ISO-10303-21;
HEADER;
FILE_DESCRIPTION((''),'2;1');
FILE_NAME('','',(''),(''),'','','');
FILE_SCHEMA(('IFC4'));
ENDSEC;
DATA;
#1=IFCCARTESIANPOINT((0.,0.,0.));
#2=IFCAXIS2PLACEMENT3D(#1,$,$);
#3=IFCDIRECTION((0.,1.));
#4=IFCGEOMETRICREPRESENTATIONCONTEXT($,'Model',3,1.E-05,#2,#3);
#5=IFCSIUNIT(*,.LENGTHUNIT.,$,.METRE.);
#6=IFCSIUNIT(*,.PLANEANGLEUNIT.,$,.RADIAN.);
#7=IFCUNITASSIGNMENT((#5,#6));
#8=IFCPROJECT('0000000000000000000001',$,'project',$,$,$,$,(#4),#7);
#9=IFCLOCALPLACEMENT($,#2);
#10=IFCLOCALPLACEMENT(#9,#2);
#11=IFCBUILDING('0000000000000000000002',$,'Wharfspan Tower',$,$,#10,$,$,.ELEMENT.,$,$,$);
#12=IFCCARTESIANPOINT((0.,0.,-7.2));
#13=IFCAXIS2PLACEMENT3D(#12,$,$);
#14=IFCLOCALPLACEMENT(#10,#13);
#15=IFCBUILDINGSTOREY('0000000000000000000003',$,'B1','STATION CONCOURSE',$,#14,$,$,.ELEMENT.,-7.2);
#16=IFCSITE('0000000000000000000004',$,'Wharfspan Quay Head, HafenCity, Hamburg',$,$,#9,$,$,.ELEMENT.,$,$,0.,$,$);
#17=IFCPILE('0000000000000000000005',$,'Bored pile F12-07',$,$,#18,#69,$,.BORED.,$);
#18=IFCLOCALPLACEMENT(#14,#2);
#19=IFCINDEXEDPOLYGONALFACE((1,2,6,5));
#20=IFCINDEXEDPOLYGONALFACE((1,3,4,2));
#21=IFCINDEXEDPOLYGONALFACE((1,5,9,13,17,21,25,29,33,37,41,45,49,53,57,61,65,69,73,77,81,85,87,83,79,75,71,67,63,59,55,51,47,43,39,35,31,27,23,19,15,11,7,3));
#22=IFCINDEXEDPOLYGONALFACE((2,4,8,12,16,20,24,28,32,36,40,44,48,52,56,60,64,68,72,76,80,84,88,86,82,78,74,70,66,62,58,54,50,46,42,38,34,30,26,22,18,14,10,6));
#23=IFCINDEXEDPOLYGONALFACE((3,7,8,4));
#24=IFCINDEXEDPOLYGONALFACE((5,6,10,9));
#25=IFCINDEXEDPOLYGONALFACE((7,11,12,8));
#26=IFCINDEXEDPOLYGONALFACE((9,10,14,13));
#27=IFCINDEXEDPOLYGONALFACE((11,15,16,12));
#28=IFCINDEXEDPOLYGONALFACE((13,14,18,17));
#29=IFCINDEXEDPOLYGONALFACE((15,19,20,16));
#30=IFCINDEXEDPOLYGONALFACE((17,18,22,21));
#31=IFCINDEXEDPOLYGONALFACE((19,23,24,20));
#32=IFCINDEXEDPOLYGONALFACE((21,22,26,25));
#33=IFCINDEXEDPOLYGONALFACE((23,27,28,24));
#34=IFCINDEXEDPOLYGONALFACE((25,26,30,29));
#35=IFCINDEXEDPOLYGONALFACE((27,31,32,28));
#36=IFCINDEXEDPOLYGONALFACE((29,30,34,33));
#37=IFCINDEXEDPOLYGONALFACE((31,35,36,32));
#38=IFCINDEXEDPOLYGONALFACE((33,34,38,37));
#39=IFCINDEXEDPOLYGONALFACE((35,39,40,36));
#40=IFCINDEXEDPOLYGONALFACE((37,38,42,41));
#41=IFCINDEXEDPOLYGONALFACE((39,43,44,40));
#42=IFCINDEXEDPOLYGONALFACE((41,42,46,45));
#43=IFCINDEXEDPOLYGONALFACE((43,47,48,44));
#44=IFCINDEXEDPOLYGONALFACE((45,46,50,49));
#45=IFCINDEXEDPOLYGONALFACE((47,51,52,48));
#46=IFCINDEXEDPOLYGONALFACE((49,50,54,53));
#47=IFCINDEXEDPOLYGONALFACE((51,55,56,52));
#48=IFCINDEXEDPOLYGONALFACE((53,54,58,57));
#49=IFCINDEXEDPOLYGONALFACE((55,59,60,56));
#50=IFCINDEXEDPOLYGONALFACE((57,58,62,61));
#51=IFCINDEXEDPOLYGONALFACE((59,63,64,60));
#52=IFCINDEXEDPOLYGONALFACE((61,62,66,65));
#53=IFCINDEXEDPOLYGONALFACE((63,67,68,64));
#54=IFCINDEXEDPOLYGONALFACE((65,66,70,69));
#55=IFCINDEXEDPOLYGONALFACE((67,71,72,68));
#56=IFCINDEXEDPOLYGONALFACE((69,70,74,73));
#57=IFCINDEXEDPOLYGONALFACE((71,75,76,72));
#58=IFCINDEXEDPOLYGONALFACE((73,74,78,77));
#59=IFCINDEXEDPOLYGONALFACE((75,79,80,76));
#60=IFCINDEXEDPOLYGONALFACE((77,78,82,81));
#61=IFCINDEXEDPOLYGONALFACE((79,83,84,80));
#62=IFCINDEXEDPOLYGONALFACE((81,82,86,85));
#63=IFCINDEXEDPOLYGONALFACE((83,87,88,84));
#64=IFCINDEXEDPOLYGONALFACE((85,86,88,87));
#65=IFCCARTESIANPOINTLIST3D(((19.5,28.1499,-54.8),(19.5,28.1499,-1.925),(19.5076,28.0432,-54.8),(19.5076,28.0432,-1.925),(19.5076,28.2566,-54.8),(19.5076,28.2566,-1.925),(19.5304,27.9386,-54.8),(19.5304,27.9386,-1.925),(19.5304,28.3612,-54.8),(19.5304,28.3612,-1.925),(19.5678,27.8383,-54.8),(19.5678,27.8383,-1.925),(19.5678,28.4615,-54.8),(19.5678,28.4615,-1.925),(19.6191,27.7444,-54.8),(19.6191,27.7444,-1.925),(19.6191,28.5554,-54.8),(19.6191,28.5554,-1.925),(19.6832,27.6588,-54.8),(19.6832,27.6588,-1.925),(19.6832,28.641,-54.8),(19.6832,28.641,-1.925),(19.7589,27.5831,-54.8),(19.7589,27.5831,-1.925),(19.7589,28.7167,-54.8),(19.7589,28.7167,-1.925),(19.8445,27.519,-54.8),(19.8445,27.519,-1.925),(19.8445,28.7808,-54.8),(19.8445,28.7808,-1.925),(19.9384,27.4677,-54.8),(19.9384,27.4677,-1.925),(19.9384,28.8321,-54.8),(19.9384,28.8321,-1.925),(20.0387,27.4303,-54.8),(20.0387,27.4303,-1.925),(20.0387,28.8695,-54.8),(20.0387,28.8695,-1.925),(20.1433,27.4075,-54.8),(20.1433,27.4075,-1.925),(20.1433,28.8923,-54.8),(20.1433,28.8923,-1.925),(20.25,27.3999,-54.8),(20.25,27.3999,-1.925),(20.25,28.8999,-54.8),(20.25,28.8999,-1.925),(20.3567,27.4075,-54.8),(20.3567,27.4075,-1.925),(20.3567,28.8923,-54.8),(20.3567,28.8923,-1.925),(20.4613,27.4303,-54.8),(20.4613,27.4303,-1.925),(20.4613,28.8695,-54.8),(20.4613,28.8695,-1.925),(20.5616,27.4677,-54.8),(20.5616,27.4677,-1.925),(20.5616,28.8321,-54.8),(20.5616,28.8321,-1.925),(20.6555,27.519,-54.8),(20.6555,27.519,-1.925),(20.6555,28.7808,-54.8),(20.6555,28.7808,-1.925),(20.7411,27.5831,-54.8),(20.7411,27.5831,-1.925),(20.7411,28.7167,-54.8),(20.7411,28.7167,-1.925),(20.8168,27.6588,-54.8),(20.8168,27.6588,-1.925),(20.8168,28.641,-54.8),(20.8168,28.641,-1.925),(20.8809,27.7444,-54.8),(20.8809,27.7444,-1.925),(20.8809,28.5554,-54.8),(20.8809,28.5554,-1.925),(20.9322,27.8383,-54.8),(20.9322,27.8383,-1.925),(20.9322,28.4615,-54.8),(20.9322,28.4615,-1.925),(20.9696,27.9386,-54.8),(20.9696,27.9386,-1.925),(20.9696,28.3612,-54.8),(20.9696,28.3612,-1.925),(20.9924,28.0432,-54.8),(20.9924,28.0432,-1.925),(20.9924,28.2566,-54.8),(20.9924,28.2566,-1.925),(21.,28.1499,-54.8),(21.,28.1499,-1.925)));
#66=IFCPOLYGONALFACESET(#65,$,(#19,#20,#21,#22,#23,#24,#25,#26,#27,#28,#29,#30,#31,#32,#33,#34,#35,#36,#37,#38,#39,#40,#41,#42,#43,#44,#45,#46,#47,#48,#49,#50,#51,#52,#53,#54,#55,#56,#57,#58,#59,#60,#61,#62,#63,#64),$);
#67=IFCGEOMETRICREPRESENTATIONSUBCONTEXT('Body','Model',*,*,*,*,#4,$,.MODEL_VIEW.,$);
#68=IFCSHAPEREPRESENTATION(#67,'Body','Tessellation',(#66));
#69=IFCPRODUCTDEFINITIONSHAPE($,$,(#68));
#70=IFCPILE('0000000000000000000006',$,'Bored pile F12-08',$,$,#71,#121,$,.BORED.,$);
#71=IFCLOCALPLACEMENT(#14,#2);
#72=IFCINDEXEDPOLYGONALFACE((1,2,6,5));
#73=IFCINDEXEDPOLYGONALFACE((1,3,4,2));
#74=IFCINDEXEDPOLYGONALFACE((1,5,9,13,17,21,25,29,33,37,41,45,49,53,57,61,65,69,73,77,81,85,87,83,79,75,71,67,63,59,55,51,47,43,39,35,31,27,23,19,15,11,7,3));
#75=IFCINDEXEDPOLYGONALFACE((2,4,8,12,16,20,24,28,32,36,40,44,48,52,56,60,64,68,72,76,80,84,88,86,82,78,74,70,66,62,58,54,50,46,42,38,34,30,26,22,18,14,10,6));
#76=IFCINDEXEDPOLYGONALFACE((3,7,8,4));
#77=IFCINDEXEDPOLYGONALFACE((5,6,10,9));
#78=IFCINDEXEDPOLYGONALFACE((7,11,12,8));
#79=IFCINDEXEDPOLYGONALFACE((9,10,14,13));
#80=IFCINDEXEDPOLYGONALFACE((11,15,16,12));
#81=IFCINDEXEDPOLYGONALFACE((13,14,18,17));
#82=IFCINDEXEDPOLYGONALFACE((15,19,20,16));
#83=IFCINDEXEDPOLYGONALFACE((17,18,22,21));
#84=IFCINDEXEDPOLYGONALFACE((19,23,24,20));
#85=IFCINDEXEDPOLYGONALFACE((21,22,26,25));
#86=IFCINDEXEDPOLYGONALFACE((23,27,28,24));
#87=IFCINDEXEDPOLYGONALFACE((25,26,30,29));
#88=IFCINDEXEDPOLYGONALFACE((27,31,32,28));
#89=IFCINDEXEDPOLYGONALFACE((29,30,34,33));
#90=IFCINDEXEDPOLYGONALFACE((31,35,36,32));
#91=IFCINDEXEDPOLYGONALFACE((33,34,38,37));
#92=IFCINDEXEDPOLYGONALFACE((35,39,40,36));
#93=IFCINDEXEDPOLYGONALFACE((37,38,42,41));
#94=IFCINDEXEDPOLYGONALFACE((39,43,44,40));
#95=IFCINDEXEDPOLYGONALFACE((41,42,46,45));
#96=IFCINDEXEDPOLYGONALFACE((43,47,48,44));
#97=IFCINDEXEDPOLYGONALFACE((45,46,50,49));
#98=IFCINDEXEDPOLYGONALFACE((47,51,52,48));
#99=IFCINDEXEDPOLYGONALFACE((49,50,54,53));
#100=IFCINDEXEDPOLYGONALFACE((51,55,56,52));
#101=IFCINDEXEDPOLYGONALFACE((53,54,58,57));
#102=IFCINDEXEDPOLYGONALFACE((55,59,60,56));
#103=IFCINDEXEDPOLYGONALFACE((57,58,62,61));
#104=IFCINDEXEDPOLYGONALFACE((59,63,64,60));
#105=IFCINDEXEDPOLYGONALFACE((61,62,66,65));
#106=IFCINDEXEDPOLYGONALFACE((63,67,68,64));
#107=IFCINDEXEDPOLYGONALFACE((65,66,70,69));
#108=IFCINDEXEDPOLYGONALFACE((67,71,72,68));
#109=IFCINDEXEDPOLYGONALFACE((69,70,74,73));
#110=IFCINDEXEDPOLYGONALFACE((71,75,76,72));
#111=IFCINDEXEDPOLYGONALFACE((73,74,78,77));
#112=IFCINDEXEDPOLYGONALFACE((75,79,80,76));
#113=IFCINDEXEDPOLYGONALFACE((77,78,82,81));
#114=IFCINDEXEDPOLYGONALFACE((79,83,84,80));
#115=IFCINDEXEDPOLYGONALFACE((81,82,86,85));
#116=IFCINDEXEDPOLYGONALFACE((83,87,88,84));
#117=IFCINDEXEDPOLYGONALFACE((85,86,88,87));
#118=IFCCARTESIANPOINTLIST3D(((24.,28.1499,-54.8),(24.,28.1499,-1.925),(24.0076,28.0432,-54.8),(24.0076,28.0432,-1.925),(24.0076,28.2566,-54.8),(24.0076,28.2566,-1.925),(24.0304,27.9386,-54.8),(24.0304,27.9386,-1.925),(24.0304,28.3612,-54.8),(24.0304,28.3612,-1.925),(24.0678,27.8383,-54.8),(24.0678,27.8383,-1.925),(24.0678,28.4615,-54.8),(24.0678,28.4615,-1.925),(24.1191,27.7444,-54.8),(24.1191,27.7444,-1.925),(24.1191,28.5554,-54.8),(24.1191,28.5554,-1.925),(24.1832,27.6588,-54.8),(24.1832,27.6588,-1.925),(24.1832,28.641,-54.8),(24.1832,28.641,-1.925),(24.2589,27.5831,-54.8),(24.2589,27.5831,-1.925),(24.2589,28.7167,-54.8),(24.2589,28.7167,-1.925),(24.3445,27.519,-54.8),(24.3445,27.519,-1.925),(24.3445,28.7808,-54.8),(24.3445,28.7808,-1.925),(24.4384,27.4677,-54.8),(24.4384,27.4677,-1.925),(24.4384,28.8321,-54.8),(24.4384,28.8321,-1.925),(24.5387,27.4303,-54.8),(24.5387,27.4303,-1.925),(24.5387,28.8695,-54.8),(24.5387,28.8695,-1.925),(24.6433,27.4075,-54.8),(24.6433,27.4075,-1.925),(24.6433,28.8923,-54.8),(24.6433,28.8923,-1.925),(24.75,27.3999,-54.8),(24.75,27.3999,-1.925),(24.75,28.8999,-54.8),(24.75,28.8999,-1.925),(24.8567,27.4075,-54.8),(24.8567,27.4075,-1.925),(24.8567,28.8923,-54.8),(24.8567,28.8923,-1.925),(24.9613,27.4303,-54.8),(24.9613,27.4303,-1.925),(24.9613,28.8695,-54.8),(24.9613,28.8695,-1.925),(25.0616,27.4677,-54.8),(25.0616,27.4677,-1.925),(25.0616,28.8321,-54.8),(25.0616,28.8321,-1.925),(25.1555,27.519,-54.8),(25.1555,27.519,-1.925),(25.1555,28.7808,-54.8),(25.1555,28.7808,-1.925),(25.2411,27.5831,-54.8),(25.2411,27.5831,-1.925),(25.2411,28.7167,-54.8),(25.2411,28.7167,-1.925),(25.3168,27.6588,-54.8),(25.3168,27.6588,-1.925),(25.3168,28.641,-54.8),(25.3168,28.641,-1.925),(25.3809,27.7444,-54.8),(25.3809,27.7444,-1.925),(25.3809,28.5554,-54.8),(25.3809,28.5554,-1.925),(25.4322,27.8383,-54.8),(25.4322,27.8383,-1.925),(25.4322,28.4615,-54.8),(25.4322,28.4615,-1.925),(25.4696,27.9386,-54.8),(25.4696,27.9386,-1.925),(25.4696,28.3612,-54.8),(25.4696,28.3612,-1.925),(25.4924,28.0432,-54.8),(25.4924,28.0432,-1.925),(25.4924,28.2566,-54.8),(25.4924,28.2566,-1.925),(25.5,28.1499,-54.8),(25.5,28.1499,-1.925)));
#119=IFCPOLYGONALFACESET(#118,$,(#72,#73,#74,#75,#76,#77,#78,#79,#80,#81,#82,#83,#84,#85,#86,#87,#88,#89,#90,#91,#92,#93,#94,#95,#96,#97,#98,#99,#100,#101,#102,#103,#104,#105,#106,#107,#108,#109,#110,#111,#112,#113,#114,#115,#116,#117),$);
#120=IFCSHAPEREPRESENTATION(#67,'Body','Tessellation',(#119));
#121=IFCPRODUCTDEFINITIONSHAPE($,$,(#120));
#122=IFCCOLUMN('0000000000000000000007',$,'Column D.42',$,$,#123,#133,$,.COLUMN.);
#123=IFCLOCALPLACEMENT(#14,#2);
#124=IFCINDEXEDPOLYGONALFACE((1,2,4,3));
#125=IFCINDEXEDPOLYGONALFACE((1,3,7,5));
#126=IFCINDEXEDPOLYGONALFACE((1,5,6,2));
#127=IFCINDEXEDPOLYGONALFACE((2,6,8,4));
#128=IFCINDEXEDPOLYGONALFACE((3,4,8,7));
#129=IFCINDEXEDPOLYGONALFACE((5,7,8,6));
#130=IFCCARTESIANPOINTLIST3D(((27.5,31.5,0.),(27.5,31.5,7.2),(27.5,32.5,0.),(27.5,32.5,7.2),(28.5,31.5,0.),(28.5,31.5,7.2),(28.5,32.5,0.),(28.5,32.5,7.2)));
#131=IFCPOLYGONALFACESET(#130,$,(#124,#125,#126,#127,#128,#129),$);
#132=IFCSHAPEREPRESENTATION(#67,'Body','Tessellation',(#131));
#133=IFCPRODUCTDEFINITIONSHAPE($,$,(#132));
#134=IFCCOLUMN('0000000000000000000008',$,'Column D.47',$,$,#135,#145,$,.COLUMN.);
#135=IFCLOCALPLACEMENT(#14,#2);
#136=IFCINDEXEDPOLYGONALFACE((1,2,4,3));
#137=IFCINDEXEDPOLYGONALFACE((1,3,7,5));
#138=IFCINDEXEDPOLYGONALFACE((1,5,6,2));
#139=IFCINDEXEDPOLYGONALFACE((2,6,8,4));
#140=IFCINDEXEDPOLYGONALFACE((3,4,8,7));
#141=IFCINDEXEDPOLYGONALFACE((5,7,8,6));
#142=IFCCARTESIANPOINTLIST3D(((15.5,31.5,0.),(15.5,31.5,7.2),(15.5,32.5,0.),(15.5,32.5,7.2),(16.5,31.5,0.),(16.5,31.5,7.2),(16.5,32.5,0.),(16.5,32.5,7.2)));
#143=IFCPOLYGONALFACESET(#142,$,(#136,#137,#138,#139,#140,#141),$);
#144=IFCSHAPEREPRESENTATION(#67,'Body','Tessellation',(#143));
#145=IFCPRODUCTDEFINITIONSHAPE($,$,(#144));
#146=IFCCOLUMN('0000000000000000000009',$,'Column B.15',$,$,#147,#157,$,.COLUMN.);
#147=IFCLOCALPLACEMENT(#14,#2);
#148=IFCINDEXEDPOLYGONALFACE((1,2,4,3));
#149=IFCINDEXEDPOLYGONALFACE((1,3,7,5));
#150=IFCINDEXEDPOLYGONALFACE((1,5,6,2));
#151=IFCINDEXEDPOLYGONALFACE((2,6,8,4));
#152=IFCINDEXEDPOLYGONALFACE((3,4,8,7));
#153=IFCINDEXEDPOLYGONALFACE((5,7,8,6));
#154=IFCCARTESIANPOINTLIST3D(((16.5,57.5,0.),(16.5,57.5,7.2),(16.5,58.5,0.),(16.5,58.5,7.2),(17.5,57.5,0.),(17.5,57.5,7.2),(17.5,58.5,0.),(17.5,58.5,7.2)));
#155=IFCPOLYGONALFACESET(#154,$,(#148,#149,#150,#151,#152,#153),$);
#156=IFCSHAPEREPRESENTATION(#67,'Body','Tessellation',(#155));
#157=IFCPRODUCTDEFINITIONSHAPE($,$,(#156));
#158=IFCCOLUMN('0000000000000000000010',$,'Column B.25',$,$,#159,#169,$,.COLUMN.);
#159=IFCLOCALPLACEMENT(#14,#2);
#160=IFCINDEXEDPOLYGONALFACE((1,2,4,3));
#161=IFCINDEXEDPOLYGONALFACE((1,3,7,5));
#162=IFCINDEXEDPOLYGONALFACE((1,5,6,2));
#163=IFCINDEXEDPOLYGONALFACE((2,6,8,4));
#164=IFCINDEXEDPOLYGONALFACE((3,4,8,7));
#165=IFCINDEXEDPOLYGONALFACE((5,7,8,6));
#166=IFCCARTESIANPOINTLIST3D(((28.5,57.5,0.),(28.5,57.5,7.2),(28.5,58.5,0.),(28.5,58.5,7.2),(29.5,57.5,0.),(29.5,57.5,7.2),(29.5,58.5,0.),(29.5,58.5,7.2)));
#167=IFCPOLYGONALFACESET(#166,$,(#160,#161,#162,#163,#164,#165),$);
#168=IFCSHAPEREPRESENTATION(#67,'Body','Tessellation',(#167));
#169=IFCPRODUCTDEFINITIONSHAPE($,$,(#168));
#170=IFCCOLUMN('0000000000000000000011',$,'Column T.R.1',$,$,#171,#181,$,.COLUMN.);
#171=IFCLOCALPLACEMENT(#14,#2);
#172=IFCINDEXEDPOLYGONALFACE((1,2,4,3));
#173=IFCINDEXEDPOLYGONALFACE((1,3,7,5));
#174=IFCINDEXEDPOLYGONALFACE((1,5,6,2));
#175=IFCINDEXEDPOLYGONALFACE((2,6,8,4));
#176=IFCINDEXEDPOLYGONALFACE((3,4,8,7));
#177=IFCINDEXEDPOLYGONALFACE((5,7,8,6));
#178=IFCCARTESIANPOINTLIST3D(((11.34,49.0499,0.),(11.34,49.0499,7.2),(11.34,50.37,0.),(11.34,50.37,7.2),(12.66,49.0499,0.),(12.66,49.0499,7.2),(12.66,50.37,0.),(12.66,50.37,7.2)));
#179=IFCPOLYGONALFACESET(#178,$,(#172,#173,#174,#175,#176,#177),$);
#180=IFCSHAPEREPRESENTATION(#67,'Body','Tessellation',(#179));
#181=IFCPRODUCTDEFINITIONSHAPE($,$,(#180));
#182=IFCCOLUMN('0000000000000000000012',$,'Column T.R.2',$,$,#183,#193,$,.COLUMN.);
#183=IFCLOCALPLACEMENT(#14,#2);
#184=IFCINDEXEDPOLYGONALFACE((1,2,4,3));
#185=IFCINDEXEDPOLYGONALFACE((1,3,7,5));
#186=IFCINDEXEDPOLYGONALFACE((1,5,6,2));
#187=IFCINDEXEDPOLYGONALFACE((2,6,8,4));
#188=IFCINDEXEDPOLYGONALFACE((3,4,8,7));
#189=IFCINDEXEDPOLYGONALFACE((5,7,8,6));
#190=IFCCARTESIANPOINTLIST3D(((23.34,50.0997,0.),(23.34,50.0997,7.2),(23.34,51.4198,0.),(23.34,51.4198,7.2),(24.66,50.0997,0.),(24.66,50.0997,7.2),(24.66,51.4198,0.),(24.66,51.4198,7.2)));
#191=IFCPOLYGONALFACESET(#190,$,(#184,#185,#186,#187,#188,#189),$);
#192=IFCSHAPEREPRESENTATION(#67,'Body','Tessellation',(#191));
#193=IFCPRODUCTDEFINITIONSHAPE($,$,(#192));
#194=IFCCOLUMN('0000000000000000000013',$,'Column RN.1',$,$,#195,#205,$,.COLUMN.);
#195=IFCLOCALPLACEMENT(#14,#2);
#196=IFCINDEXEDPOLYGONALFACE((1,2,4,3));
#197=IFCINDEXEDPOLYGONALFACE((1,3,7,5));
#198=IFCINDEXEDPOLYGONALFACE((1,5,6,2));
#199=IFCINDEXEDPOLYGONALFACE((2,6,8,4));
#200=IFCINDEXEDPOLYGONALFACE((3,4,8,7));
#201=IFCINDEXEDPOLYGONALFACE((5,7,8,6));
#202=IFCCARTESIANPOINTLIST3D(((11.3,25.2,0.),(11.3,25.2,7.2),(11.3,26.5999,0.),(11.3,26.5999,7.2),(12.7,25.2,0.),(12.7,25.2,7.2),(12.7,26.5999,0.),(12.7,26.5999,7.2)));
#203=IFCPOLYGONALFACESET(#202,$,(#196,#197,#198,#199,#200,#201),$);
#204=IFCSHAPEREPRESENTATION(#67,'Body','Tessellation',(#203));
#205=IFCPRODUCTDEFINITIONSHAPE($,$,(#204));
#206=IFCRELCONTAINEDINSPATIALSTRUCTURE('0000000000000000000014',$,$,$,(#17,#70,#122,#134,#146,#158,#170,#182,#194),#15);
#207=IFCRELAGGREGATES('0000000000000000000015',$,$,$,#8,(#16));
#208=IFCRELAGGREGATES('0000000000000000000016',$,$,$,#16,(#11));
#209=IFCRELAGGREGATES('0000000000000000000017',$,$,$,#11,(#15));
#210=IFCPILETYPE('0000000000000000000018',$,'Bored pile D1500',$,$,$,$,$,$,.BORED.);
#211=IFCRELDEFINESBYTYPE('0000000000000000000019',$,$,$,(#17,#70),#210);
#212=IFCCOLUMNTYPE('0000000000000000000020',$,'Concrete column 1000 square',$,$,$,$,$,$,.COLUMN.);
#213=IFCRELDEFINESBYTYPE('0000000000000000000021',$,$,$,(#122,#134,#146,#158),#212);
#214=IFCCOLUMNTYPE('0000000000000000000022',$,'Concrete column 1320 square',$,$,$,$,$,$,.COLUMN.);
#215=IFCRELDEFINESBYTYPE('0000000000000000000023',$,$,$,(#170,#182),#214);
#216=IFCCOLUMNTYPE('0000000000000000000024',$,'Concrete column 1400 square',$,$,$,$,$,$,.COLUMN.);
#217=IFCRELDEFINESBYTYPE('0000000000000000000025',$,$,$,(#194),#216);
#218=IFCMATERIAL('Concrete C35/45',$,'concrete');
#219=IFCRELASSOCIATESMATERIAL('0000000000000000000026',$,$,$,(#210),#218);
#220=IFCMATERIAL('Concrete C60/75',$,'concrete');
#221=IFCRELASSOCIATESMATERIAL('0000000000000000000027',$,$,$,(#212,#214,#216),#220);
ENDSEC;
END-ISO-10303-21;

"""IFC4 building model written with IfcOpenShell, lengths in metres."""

from ifc_helpers import new_model, si_unit, direction, frame, origin, origin_2d, place, context, subcontext, project, spatial, rectangle, circle, extrude, material, material_profile, profile_set, type_object, element, save


model = new_model("IFC4")

# Units and contexts
model_context = context("Model", 3, precision=1e-05, world=origin(), true_north=direction((0.0, 1.0)))
body_context = subcontext(model_context, "Body", "Model", "MODEL_VIEW")
ifc_project = project(units=[si_unit("LENGTHUNIT", "METRE"), si_unit("PLANEANGLEUNIT", "RADIAN")], contexts=[model_context])

# Site, building, storey
site_placement = place(None, origin())
site = spatial("IfcSite", under=ifc_project, at=site_placement, Name="Wharfspan Quay Head, HafenCity, Hamburg", CompositionType="ELEMENT", RefElevation=0.0)
building_placement = place(site_placement, origin())
building = spatial("IfcBuilding", under=site, at=building_placement, Name="Wharfspan Tower", CompositionType="ELEMENT")
storey_placement = place(building_placement, frame((0.0, 0.0, -7.2)))
storey = spatial("IfcBuildingStorey", under=building, at=storey_placement, Name="B1", Description="STATION CONCOURSE", CompositionType="ELEMENT", Elevation=-7.2)

# Piles
ifc_material_1 = material(Name="Concrete C35/45", Category="concrete")
ifc_material_profile_1 = material_profile(ifc_material_1, circle(Radius=0.75, at=origin_2d()))
ifc_profile_set_1 = profile_set([ifc_material_profile_1], Name="Concrete C35/45")
pile_type = type_object("IfcPileType", Name="Bored pile D1500", PredefinedType="BORED", material=ifc_profile_set_1)
for number, where, z_axis, x_axis, name in (
    (1, (20.25, 28.1499, -1.925), (0.0, 0.0, -1.0), (1.0, 0.0, 0.0), "Bored pile F12-07"),
    (2, (24.75, 28.1499, -1.925), (0.0, 0.0, -1.0), (1.0, 0.0, 0.0), "Bored pile F12-08"),
):
    element("IfcPile", number, at=place(storey_placement, frame(where, z_axis=z_axis, x_axis=x_axis)), inside=storey, type_object=pile_type, Name=name, PredefinedType="BORED", context=body_context, shape_type="SweptSolid", body=[
        extrude(circle(Radius=0.75, at=origin_2d()), origin(), (0.0, 0.0, 1.0), 52.875),
    ])

# Columns
ifc_material_2 = material(Name="Concrete C60/75", Category="concrete")
ifc_material_profile_2 = material_profile(ifc_material_2, rectangle(XDim=1.0, YDim=1.0, at=origin_2d()))
ifc_profile_set_2 = profile_set([ifc_material_profile_2], Name="Concrete C60/75")
column_type_1 = type_object("IfcColumnType", Name="Concrete column 1000 square", PredefinedType="COLUMN", material=ifc_profile_set_2)
for number, where, z_axis, x_axis, name in (
    (3, (28.0, 32.0, 0.0), (0.0, 0.0, 1.0), (1.0, 0.0, 0.0), "Column D.42"),
    (4, (16.0, 32.0, 0.0), (0.0, 0.0, 1.0), (1.0, 0.0, 0.0), "Column D.47"),
    (5, (17.0, 58.0, 0.0), (0.0, 0.0, 1.0), (1.0, 0.0, 0.0), "Column B.15"),
    (6, (29.0, 58.0, 0.0), (0.0, 0.0, 1.0), (1.0, 0.0, 0.0), "Column B.25"),
):
    element("IfcColumn", number, at=place(storey_placement, frame(where, z_axis=z_axis, x_axis=x_axis)), inside=storey, type_object=column_type_1, Name=name, PredefinedType="COLUMN", context=body_context, shape_type="SweptSolid", body=[
        extrude(rectangle(XDim=1.0, YDim=1.0, at=origin_2d()), origin(), (0.0, 0.0, 1.0), 7.2),
    ])
ifc_material_profile_3 = material_profile(ifc_material_2, rectangle(XDim=1.3201, YDim=1.3201, at=origin_2d()))
ifc_profile_set_3 = profile_set([ifc_material_profile_3], Name="Concrete C60/75")
column_type_2 = type_object("IfcColumnType", Name="Concrete column 1320 square", PredefinedType="COLUMN", material=ifc_profile_set_3)
for number, where, z_axis, x_axis, name in (
    (7, (12.0, 49.71, 0.0), (0.0, 0.0, 1.0), (1.0, 0.0, 0.0), "Column T.R.1"),
    (8, (24.0, 50.7598, 0.0), (0.0, 0.0, 1.0), (1.0, 0.0, 0.0), "Column T.R.2"),
):
    element("IfcColumn", number, at=place(storey_placement, frame(where, z_axis=z_axis, x_axis=x_axis)), inside=storey, type_object=column_type_2, Name=name, PredefinedType="COLUMN", context=body_context, shape_type="SweptSolid", body=[
        extrude(rectangle(XDim=1.3201, YDim=1.3201, at=origin_2d()), origin(), (0.0, 0.0, 1.0), 7.2),
    ])
ifc_material_profile_4 = material_profile(ifc_material_2, rectangle(XDim=1.3999, YDim=1.3999, at=origin_2d()))
ifc_profile_set_4 = profile_set([ifc_material_profile_4], Name="Concrete C60/75")
column_type_3 = type_object("IfcColumnType", Name="Concrete column 1400 square", PredefinedType="COLUMN", material=ifc_profile_set_4)
for number, where, z_axis, x_axis, name in (
    (9, (12.0, 25.8999, 0.0), (0.0, 0.0, 1.0), (1.0, 0.0, 0.0), "Column RN.1"),
):
    element("IfcColumn", number, at=place(storey_placement, frame(where, z_axis=z_axis, x_axis=x_axis)), inside=storey, type_object=column_type_3, Name=name, PredefinedType="COLUMN", context=body_context, shape_type="SweptSolid", body=[
        extrude(rectangle(XDim=1.3999, YDim=1.3999, at=origin_2d()), origin(), (0.0, 0.0, 1.0), 7.2),
    ])

save(model, "model.ifc")
